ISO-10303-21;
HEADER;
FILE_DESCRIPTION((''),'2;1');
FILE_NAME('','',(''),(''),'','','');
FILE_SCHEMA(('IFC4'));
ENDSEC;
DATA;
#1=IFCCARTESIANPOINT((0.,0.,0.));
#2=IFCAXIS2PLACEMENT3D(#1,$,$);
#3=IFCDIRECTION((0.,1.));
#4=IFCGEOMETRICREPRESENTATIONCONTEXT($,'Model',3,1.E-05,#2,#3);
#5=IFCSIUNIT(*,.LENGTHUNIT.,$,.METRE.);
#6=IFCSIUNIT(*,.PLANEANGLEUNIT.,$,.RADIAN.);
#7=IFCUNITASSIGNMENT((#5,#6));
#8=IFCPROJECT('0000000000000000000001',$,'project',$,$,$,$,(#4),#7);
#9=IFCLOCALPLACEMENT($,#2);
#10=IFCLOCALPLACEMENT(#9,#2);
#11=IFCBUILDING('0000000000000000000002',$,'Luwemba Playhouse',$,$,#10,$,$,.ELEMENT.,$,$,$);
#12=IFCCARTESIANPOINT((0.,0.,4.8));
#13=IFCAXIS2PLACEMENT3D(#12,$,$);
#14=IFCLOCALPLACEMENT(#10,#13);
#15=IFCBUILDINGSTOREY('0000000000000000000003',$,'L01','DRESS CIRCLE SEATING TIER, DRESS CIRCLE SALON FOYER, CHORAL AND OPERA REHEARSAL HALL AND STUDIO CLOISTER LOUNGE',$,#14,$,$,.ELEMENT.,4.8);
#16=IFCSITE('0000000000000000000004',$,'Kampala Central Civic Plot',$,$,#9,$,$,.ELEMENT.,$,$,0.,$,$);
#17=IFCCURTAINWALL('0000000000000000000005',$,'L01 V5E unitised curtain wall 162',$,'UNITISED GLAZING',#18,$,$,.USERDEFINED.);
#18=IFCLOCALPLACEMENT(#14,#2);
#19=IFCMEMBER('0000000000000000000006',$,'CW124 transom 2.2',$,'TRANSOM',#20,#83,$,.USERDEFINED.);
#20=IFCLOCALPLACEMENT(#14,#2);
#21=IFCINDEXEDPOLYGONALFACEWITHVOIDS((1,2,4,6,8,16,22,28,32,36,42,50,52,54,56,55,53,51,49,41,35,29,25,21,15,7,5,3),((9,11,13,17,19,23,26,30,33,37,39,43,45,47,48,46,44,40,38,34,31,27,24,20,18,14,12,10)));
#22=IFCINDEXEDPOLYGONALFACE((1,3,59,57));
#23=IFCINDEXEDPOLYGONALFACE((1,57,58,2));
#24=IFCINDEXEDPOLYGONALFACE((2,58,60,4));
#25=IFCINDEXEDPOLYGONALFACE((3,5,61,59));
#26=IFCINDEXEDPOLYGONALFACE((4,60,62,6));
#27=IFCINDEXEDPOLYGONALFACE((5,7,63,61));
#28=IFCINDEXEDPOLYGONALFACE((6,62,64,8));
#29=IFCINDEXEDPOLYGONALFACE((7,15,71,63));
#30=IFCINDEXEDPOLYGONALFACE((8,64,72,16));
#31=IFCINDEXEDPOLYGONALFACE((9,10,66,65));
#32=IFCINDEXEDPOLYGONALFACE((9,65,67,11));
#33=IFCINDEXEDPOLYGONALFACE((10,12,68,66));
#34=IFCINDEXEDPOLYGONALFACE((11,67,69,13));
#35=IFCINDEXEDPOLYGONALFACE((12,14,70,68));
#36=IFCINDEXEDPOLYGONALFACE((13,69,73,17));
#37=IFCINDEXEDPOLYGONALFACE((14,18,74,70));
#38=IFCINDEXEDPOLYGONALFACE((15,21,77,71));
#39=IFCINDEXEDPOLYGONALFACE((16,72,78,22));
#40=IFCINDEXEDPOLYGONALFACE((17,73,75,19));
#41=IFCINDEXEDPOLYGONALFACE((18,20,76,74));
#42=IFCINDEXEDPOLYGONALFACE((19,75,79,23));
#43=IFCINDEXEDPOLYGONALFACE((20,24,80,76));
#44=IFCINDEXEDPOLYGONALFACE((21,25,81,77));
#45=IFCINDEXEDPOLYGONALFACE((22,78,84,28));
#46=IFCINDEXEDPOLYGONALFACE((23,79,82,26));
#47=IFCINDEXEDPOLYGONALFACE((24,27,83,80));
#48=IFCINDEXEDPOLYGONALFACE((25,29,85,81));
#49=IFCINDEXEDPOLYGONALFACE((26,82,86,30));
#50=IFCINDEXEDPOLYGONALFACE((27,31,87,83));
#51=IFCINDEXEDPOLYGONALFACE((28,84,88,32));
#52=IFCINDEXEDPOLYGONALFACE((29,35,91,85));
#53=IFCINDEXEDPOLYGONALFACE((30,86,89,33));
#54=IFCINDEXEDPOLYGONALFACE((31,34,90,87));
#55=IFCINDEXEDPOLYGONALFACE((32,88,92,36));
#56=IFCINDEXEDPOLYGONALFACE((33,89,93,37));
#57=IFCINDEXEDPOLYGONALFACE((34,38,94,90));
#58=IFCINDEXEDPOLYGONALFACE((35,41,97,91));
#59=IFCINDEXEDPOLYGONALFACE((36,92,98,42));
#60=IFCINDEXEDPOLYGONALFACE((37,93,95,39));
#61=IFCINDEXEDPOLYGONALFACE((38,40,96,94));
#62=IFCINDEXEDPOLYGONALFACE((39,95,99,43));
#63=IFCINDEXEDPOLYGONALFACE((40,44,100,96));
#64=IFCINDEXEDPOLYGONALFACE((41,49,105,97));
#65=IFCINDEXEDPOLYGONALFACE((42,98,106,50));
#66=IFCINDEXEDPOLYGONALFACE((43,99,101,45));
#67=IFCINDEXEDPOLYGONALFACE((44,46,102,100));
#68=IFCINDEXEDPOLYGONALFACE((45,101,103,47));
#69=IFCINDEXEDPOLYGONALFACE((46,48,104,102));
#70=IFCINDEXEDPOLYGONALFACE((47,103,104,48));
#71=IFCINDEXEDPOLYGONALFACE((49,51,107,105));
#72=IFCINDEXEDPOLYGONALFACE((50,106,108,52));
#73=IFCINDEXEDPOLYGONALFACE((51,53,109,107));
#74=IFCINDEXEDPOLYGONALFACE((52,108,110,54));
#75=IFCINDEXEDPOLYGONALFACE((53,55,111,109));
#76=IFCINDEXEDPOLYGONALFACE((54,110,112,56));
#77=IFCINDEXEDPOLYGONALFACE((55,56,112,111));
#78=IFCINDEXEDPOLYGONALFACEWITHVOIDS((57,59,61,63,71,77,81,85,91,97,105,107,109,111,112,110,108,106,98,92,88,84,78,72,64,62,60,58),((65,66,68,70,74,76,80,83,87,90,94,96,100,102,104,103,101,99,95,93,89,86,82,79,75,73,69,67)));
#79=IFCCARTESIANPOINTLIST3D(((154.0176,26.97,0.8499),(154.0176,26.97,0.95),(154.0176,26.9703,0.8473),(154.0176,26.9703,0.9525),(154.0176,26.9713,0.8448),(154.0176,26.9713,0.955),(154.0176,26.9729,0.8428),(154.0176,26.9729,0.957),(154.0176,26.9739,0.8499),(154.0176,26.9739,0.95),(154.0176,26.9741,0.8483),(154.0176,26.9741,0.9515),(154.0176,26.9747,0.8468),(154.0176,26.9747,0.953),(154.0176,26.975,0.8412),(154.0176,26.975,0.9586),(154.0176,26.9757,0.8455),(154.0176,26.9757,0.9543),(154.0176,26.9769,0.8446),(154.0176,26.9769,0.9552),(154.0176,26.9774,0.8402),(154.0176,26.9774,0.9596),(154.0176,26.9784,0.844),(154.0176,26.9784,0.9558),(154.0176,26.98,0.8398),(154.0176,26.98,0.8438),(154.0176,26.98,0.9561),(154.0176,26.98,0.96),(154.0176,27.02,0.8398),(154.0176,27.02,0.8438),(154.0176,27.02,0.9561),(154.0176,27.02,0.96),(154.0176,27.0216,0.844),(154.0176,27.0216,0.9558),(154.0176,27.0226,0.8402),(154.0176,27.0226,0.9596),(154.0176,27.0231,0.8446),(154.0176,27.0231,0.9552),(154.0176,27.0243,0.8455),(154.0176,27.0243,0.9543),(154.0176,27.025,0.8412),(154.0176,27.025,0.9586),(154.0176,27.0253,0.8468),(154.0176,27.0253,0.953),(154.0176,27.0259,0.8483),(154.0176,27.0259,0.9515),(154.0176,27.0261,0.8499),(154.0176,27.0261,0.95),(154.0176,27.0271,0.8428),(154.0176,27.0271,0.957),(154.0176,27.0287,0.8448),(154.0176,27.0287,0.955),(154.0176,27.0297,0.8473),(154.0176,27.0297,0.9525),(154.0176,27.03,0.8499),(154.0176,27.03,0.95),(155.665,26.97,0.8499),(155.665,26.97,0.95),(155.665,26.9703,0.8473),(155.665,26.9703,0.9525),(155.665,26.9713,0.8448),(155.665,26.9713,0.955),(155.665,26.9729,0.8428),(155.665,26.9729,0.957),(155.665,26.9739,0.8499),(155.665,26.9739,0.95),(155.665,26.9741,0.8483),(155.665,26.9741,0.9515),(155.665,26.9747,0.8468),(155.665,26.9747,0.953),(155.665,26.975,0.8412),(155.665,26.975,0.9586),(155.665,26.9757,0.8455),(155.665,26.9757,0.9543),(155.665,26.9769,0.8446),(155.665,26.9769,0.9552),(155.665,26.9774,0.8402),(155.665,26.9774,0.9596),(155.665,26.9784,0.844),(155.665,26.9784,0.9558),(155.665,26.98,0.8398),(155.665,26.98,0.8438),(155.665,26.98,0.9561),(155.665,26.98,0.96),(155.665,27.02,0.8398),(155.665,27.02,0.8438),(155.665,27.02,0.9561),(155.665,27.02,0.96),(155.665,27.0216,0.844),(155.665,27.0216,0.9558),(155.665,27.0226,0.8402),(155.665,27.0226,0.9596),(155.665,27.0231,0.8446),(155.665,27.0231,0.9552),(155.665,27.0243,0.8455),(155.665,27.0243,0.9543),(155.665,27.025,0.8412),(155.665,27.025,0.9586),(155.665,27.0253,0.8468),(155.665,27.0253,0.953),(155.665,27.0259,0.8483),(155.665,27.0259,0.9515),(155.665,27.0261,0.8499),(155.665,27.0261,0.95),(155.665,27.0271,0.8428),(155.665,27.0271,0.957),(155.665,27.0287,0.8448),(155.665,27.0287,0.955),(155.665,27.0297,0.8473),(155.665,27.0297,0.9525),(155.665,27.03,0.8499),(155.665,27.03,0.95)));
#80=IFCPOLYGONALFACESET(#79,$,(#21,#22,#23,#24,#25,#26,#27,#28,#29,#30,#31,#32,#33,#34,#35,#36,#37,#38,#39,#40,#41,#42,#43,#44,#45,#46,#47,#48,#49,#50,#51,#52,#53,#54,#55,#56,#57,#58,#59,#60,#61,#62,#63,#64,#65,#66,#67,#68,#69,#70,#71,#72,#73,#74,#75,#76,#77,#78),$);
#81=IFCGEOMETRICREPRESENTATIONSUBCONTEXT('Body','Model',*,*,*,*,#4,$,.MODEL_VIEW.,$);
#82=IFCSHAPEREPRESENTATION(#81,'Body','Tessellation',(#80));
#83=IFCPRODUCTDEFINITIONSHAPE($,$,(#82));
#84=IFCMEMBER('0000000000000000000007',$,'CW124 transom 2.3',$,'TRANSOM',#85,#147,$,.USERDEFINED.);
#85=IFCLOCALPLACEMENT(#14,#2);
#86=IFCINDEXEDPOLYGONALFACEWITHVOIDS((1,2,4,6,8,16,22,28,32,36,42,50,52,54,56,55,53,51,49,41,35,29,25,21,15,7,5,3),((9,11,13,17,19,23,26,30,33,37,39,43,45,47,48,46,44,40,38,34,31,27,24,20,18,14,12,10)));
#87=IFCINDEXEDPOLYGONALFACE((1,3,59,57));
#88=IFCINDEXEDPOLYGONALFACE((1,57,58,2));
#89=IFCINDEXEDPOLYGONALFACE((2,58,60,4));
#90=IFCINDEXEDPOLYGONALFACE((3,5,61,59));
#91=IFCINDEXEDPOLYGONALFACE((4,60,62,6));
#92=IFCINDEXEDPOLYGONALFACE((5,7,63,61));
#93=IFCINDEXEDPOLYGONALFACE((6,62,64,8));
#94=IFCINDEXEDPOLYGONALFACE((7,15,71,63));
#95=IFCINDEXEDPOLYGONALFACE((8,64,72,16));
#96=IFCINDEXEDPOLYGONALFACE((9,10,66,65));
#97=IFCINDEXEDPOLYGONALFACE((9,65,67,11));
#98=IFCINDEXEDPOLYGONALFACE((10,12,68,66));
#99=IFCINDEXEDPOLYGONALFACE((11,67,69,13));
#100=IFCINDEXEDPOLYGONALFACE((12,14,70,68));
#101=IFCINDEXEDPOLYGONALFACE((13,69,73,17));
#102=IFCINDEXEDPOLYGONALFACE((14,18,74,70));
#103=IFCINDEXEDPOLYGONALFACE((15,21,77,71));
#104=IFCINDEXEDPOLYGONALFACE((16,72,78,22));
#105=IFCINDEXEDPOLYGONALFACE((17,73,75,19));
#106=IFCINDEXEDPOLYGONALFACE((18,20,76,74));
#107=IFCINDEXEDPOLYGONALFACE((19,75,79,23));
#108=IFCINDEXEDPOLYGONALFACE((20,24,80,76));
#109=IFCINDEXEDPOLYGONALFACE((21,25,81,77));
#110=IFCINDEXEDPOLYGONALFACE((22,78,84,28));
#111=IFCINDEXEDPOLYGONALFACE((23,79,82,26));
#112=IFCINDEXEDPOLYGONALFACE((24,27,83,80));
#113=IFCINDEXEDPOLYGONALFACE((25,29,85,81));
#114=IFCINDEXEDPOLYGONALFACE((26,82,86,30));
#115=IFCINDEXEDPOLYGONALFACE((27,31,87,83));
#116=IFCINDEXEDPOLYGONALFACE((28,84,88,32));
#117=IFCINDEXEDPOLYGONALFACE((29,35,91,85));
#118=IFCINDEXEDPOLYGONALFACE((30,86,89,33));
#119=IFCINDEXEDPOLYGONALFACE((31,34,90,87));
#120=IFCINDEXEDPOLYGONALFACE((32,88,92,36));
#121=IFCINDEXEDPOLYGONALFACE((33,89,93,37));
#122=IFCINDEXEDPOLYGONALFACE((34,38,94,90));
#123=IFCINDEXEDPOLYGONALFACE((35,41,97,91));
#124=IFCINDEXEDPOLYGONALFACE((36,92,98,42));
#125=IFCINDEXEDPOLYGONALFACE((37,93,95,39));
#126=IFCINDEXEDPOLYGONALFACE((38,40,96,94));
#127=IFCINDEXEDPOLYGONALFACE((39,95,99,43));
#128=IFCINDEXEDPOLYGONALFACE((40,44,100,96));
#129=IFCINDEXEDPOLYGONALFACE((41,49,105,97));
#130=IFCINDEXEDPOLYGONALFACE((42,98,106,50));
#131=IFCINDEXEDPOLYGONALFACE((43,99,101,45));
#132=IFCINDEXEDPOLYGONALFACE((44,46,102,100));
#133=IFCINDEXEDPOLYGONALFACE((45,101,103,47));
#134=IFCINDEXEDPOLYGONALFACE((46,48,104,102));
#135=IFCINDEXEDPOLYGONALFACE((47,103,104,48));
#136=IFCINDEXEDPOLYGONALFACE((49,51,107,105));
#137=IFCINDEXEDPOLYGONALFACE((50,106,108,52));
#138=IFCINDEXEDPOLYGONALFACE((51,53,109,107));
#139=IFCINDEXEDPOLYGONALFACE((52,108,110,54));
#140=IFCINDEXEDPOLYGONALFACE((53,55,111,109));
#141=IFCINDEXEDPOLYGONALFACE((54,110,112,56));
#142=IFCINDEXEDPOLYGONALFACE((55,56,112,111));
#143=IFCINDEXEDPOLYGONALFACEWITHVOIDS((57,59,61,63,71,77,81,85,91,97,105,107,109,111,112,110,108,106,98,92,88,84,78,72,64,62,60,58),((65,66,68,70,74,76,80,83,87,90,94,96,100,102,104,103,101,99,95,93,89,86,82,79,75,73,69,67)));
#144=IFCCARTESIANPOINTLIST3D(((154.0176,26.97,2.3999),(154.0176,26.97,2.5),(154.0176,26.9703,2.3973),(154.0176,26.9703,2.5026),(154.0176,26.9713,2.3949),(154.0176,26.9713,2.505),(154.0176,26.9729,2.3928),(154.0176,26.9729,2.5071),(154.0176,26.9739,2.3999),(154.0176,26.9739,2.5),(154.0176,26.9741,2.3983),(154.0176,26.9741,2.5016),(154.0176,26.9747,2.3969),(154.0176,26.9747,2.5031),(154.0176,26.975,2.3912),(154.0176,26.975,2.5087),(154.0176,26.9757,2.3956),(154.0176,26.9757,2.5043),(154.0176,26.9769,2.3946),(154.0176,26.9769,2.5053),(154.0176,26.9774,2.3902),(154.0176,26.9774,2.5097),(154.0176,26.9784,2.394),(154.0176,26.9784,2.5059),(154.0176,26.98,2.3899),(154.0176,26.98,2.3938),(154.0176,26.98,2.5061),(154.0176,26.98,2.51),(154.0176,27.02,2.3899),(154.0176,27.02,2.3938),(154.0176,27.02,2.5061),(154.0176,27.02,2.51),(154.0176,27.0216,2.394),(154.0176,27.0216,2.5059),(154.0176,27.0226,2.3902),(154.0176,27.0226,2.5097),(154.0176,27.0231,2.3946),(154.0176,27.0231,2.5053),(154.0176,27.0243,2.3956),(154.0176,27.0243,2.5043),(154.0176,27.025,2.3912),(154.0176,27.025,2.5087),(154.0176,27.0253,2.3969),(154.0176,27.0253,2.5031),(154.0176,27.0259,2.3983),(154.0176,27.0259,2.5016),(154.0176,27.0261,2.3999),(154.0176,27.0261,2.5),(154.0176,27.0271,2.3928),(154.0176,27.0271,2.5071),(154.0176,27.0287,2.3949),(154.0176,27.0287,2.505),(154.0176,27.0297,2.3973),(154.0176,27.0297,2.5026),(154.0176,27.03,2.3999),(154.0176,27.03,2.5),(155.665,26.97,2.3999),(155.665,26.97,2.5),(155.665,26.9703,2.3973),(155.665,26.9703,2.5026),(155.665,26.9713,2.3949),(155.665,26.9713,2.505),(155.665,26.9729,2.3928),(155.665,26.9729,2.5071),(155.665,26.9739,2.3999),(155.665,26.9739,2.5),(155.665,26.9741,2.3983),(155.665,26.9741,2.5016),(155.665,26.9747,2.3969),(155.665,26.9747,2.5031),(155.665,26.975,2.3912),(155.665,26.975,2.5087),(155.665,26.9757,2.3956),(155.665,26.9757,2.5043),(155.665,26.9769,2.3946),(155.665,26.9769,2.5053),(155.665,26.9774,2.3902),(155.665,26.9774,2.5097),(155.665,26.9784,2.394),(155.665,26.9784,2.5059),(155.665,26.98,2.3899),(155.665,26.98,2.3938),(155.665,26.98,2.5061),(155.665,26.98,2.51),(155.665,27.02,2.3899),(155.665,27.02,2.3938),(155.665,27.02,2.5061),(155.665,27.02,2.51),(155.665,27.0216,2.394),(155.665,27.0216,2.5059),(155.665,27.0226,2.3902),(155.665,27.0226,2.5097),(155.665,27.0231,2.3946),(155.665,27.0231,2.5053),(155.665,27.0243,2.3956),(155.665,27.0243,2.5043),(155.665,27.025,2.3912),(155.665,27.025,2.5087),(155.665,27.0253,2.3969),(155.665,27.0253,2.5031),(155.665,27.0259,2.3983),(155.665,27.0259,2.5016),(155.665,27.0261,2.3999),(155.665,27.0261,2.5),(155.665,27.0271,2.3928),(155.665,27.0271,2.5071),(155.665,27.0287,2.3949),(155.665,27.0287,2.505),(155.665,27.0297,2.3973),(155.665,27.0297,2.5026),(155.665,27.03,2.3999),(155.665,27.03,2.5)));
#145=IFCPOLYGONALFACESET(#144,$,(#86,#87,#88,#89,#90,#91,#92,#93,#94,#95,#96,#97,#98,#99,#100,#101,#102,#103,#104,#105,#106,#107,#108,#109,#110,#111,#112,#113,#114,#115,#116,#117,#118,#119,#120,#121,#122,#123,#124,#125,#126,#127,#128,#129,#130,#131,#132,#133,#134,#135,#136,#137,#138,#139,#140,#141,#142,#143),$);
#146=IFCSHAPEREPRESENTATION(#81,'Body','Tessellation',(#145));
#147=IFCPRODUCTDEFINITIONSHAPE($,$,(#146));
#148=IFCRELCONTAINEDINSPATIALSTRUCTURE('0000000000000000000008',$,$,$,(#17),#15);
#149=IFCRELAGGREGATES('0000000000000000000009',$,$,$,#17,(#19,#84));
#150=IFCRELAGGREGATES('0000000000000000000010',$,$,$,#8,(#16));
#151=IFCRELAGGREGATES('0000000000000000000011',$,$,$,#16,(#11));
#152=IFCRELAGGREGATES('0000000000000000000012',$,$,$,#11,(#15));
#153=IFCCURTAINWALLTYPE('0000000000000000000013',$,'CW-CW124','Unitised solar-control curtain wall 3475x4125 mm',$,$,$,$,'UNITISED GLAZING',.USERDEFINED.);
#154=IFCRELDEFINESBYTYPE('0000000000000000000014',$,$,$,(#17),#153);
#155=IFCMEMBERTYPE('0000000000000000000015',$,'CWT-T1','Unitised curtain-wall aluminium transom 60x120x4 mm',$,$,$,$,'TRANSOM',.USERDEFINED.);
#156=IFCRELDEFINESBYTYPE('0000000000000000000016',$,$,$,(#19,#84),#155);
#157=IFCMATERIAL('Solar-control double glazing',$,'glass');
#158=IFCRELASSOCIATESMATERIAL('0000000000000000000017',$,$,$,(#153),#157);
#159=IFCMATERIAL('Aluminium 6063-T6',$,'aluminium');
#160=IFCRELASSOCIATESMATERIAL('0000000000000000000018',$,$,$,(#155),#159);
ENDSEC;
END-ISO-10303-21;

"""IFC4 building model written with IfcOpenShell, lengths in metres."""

from ifc_helpers import new_model, si_unit, direction, frame, origin, origin_2d, place, context, subcontext, project, spatial, hollow_rectangle, extrude, material, material_profile, profile_set, type_object, element, aggregate, save


model = new_model("IFC4")

# Units and contexts
model_context = context("Model", 3, precision=1e-05, world=origin(), true_north=direction((0.0, 1.0)))
body_context = subcontext(model_context, "Body", "Model", "MODEL_VIEW")
ifc_project = project(units=[si_unit("LENGTHUNIT", "METRE"), si_unit("PLANEANGLEUNIT", "RADIAN")], contexts=[model_context])

# Site, building, storey
site_placement = place(None, origin())
site = spatial("IfcSite", under=ifc_project, at=site_placement, Name="Kampala Central Civic Plot", CompositionType="ELEMENT", RefElevation=0.0)
building_placement = place(site_placement, origin())
building = spatial("IfcBuilding", under=site, at=building_placement, Name="Luwemba Playhouse", CompositionType="ELEMENT")
storey_placement = place(building_placement, frame((0.0, 0.0, 4.8)))
storey = spatial("IfcBuildingStorey", under=building, at=storey_placement, Name="L01", Description="DRESS CIRCLE SEATING TIER, DRESS CIRCLE SALON FOYER, CHORAL AND OPERA REHEARSAL HALL AND STUDIO CLOISTER LOUNGE", CompositionType="ELEMENT", Elevation=4.8)

# Curtain wall
ifc_material_1 = material(Name="Solar-control double glazing", Category="glass")
curtain_wall_type_1 = type_object("IfcCurtainWallType", Name="CW-CW124", Description="Unitised solar-control curtain wall 3475x4125 mm", ElementType="UNITISED GLAZING", PredefinedType="USERDEFINED", material=ifc_material_1)
curtain_wall_1_placement = place(storey_placement, origin())
curtain_wall_1 = element("IfcCurtainWall", 1, at=curtain_wall_1_placement, inside=storey, type_object=curtain_wall_type_1, Name="L01 V5E unitised curtain wall 162", ObjectType="UNITISED GLAZING", PredefinedType="USERDEFINED")
ifc_material_2 = material(Name="Aluminium 6063-T6", Category="aluminium")

# Members
ifc_material_profile_1 = material_profile(ifc_material_2, hollow_rectangle(XDim=0.0601, YDim=0.1201, WallThickness=0.0039, InnerFilletRadius=0.0061, OuterFilletRadius=0.01, at=origin_2d()))
ifc_profile_set_1 = profile_set([ifc_material_profile_1], Name="Aluminium 6063-T6")
member_type_1 = type_object("IfcMemberType", Name="CWT-T1", Description="Unitised curtain-wall aluminium transom 60x120x4 mm", ElementType="TRANSOM", PredefinedType="USERDEFINED", material=ifc_profile_set_1)
member_1_placement = place(storey_placement, frame((154.0176, 27.0, 0.8999), z_axis=(1.0, 0.0, 0.0), x_axis=(0.0, 1.0, 0.0)))
member_1 = element("IfcMember", 2, at=member_1_placement, type_object=member_type_1, Name="CW124 transom 2.2", ObjectType="TRANSOM", PredefinedType="USERDEFINED", context=body_context, shape_type="SweptSolid", body=[
    extrude(hollow_rectangle(XDim=0.0601, YDim=0.1201, WallThickness=0.0039, InnerFilletRadius=0.0061, OuterFilletRadius=0.01, at=origin_2d()), origin(), (0.0, 0.0, 1.0), 1.6475),
])
member_2_placement = place(storey_placement, frame((154.0176, 27.0, 2.45), z_axis=(1.0, 0.0, 0.0), x_axis=(0.0, 1.0, 0.0)))
member_2 = element("IfcMember", 3, at=member_2_placement, type_object=member_type_1, Name="CW124 transom 2.3", ObjectType="TRANSOM", PredefinedType="USERDEFINED", context=body_context, shape_type="SweptSolid", body=[
    extrude(hollow_rectangle(XDim=0.0601, YDim=0.1201, WallThickness=0.0039, InnerFilletRadius=0.0061, OuterFilletRadius=0.01, at=origin_2d()), origin(), (0.0, 0.0, 1.0), 1.6475),
])

aggregate(curtain_wall_1, [member_1, member_2])

save(model, "model.ifc")
